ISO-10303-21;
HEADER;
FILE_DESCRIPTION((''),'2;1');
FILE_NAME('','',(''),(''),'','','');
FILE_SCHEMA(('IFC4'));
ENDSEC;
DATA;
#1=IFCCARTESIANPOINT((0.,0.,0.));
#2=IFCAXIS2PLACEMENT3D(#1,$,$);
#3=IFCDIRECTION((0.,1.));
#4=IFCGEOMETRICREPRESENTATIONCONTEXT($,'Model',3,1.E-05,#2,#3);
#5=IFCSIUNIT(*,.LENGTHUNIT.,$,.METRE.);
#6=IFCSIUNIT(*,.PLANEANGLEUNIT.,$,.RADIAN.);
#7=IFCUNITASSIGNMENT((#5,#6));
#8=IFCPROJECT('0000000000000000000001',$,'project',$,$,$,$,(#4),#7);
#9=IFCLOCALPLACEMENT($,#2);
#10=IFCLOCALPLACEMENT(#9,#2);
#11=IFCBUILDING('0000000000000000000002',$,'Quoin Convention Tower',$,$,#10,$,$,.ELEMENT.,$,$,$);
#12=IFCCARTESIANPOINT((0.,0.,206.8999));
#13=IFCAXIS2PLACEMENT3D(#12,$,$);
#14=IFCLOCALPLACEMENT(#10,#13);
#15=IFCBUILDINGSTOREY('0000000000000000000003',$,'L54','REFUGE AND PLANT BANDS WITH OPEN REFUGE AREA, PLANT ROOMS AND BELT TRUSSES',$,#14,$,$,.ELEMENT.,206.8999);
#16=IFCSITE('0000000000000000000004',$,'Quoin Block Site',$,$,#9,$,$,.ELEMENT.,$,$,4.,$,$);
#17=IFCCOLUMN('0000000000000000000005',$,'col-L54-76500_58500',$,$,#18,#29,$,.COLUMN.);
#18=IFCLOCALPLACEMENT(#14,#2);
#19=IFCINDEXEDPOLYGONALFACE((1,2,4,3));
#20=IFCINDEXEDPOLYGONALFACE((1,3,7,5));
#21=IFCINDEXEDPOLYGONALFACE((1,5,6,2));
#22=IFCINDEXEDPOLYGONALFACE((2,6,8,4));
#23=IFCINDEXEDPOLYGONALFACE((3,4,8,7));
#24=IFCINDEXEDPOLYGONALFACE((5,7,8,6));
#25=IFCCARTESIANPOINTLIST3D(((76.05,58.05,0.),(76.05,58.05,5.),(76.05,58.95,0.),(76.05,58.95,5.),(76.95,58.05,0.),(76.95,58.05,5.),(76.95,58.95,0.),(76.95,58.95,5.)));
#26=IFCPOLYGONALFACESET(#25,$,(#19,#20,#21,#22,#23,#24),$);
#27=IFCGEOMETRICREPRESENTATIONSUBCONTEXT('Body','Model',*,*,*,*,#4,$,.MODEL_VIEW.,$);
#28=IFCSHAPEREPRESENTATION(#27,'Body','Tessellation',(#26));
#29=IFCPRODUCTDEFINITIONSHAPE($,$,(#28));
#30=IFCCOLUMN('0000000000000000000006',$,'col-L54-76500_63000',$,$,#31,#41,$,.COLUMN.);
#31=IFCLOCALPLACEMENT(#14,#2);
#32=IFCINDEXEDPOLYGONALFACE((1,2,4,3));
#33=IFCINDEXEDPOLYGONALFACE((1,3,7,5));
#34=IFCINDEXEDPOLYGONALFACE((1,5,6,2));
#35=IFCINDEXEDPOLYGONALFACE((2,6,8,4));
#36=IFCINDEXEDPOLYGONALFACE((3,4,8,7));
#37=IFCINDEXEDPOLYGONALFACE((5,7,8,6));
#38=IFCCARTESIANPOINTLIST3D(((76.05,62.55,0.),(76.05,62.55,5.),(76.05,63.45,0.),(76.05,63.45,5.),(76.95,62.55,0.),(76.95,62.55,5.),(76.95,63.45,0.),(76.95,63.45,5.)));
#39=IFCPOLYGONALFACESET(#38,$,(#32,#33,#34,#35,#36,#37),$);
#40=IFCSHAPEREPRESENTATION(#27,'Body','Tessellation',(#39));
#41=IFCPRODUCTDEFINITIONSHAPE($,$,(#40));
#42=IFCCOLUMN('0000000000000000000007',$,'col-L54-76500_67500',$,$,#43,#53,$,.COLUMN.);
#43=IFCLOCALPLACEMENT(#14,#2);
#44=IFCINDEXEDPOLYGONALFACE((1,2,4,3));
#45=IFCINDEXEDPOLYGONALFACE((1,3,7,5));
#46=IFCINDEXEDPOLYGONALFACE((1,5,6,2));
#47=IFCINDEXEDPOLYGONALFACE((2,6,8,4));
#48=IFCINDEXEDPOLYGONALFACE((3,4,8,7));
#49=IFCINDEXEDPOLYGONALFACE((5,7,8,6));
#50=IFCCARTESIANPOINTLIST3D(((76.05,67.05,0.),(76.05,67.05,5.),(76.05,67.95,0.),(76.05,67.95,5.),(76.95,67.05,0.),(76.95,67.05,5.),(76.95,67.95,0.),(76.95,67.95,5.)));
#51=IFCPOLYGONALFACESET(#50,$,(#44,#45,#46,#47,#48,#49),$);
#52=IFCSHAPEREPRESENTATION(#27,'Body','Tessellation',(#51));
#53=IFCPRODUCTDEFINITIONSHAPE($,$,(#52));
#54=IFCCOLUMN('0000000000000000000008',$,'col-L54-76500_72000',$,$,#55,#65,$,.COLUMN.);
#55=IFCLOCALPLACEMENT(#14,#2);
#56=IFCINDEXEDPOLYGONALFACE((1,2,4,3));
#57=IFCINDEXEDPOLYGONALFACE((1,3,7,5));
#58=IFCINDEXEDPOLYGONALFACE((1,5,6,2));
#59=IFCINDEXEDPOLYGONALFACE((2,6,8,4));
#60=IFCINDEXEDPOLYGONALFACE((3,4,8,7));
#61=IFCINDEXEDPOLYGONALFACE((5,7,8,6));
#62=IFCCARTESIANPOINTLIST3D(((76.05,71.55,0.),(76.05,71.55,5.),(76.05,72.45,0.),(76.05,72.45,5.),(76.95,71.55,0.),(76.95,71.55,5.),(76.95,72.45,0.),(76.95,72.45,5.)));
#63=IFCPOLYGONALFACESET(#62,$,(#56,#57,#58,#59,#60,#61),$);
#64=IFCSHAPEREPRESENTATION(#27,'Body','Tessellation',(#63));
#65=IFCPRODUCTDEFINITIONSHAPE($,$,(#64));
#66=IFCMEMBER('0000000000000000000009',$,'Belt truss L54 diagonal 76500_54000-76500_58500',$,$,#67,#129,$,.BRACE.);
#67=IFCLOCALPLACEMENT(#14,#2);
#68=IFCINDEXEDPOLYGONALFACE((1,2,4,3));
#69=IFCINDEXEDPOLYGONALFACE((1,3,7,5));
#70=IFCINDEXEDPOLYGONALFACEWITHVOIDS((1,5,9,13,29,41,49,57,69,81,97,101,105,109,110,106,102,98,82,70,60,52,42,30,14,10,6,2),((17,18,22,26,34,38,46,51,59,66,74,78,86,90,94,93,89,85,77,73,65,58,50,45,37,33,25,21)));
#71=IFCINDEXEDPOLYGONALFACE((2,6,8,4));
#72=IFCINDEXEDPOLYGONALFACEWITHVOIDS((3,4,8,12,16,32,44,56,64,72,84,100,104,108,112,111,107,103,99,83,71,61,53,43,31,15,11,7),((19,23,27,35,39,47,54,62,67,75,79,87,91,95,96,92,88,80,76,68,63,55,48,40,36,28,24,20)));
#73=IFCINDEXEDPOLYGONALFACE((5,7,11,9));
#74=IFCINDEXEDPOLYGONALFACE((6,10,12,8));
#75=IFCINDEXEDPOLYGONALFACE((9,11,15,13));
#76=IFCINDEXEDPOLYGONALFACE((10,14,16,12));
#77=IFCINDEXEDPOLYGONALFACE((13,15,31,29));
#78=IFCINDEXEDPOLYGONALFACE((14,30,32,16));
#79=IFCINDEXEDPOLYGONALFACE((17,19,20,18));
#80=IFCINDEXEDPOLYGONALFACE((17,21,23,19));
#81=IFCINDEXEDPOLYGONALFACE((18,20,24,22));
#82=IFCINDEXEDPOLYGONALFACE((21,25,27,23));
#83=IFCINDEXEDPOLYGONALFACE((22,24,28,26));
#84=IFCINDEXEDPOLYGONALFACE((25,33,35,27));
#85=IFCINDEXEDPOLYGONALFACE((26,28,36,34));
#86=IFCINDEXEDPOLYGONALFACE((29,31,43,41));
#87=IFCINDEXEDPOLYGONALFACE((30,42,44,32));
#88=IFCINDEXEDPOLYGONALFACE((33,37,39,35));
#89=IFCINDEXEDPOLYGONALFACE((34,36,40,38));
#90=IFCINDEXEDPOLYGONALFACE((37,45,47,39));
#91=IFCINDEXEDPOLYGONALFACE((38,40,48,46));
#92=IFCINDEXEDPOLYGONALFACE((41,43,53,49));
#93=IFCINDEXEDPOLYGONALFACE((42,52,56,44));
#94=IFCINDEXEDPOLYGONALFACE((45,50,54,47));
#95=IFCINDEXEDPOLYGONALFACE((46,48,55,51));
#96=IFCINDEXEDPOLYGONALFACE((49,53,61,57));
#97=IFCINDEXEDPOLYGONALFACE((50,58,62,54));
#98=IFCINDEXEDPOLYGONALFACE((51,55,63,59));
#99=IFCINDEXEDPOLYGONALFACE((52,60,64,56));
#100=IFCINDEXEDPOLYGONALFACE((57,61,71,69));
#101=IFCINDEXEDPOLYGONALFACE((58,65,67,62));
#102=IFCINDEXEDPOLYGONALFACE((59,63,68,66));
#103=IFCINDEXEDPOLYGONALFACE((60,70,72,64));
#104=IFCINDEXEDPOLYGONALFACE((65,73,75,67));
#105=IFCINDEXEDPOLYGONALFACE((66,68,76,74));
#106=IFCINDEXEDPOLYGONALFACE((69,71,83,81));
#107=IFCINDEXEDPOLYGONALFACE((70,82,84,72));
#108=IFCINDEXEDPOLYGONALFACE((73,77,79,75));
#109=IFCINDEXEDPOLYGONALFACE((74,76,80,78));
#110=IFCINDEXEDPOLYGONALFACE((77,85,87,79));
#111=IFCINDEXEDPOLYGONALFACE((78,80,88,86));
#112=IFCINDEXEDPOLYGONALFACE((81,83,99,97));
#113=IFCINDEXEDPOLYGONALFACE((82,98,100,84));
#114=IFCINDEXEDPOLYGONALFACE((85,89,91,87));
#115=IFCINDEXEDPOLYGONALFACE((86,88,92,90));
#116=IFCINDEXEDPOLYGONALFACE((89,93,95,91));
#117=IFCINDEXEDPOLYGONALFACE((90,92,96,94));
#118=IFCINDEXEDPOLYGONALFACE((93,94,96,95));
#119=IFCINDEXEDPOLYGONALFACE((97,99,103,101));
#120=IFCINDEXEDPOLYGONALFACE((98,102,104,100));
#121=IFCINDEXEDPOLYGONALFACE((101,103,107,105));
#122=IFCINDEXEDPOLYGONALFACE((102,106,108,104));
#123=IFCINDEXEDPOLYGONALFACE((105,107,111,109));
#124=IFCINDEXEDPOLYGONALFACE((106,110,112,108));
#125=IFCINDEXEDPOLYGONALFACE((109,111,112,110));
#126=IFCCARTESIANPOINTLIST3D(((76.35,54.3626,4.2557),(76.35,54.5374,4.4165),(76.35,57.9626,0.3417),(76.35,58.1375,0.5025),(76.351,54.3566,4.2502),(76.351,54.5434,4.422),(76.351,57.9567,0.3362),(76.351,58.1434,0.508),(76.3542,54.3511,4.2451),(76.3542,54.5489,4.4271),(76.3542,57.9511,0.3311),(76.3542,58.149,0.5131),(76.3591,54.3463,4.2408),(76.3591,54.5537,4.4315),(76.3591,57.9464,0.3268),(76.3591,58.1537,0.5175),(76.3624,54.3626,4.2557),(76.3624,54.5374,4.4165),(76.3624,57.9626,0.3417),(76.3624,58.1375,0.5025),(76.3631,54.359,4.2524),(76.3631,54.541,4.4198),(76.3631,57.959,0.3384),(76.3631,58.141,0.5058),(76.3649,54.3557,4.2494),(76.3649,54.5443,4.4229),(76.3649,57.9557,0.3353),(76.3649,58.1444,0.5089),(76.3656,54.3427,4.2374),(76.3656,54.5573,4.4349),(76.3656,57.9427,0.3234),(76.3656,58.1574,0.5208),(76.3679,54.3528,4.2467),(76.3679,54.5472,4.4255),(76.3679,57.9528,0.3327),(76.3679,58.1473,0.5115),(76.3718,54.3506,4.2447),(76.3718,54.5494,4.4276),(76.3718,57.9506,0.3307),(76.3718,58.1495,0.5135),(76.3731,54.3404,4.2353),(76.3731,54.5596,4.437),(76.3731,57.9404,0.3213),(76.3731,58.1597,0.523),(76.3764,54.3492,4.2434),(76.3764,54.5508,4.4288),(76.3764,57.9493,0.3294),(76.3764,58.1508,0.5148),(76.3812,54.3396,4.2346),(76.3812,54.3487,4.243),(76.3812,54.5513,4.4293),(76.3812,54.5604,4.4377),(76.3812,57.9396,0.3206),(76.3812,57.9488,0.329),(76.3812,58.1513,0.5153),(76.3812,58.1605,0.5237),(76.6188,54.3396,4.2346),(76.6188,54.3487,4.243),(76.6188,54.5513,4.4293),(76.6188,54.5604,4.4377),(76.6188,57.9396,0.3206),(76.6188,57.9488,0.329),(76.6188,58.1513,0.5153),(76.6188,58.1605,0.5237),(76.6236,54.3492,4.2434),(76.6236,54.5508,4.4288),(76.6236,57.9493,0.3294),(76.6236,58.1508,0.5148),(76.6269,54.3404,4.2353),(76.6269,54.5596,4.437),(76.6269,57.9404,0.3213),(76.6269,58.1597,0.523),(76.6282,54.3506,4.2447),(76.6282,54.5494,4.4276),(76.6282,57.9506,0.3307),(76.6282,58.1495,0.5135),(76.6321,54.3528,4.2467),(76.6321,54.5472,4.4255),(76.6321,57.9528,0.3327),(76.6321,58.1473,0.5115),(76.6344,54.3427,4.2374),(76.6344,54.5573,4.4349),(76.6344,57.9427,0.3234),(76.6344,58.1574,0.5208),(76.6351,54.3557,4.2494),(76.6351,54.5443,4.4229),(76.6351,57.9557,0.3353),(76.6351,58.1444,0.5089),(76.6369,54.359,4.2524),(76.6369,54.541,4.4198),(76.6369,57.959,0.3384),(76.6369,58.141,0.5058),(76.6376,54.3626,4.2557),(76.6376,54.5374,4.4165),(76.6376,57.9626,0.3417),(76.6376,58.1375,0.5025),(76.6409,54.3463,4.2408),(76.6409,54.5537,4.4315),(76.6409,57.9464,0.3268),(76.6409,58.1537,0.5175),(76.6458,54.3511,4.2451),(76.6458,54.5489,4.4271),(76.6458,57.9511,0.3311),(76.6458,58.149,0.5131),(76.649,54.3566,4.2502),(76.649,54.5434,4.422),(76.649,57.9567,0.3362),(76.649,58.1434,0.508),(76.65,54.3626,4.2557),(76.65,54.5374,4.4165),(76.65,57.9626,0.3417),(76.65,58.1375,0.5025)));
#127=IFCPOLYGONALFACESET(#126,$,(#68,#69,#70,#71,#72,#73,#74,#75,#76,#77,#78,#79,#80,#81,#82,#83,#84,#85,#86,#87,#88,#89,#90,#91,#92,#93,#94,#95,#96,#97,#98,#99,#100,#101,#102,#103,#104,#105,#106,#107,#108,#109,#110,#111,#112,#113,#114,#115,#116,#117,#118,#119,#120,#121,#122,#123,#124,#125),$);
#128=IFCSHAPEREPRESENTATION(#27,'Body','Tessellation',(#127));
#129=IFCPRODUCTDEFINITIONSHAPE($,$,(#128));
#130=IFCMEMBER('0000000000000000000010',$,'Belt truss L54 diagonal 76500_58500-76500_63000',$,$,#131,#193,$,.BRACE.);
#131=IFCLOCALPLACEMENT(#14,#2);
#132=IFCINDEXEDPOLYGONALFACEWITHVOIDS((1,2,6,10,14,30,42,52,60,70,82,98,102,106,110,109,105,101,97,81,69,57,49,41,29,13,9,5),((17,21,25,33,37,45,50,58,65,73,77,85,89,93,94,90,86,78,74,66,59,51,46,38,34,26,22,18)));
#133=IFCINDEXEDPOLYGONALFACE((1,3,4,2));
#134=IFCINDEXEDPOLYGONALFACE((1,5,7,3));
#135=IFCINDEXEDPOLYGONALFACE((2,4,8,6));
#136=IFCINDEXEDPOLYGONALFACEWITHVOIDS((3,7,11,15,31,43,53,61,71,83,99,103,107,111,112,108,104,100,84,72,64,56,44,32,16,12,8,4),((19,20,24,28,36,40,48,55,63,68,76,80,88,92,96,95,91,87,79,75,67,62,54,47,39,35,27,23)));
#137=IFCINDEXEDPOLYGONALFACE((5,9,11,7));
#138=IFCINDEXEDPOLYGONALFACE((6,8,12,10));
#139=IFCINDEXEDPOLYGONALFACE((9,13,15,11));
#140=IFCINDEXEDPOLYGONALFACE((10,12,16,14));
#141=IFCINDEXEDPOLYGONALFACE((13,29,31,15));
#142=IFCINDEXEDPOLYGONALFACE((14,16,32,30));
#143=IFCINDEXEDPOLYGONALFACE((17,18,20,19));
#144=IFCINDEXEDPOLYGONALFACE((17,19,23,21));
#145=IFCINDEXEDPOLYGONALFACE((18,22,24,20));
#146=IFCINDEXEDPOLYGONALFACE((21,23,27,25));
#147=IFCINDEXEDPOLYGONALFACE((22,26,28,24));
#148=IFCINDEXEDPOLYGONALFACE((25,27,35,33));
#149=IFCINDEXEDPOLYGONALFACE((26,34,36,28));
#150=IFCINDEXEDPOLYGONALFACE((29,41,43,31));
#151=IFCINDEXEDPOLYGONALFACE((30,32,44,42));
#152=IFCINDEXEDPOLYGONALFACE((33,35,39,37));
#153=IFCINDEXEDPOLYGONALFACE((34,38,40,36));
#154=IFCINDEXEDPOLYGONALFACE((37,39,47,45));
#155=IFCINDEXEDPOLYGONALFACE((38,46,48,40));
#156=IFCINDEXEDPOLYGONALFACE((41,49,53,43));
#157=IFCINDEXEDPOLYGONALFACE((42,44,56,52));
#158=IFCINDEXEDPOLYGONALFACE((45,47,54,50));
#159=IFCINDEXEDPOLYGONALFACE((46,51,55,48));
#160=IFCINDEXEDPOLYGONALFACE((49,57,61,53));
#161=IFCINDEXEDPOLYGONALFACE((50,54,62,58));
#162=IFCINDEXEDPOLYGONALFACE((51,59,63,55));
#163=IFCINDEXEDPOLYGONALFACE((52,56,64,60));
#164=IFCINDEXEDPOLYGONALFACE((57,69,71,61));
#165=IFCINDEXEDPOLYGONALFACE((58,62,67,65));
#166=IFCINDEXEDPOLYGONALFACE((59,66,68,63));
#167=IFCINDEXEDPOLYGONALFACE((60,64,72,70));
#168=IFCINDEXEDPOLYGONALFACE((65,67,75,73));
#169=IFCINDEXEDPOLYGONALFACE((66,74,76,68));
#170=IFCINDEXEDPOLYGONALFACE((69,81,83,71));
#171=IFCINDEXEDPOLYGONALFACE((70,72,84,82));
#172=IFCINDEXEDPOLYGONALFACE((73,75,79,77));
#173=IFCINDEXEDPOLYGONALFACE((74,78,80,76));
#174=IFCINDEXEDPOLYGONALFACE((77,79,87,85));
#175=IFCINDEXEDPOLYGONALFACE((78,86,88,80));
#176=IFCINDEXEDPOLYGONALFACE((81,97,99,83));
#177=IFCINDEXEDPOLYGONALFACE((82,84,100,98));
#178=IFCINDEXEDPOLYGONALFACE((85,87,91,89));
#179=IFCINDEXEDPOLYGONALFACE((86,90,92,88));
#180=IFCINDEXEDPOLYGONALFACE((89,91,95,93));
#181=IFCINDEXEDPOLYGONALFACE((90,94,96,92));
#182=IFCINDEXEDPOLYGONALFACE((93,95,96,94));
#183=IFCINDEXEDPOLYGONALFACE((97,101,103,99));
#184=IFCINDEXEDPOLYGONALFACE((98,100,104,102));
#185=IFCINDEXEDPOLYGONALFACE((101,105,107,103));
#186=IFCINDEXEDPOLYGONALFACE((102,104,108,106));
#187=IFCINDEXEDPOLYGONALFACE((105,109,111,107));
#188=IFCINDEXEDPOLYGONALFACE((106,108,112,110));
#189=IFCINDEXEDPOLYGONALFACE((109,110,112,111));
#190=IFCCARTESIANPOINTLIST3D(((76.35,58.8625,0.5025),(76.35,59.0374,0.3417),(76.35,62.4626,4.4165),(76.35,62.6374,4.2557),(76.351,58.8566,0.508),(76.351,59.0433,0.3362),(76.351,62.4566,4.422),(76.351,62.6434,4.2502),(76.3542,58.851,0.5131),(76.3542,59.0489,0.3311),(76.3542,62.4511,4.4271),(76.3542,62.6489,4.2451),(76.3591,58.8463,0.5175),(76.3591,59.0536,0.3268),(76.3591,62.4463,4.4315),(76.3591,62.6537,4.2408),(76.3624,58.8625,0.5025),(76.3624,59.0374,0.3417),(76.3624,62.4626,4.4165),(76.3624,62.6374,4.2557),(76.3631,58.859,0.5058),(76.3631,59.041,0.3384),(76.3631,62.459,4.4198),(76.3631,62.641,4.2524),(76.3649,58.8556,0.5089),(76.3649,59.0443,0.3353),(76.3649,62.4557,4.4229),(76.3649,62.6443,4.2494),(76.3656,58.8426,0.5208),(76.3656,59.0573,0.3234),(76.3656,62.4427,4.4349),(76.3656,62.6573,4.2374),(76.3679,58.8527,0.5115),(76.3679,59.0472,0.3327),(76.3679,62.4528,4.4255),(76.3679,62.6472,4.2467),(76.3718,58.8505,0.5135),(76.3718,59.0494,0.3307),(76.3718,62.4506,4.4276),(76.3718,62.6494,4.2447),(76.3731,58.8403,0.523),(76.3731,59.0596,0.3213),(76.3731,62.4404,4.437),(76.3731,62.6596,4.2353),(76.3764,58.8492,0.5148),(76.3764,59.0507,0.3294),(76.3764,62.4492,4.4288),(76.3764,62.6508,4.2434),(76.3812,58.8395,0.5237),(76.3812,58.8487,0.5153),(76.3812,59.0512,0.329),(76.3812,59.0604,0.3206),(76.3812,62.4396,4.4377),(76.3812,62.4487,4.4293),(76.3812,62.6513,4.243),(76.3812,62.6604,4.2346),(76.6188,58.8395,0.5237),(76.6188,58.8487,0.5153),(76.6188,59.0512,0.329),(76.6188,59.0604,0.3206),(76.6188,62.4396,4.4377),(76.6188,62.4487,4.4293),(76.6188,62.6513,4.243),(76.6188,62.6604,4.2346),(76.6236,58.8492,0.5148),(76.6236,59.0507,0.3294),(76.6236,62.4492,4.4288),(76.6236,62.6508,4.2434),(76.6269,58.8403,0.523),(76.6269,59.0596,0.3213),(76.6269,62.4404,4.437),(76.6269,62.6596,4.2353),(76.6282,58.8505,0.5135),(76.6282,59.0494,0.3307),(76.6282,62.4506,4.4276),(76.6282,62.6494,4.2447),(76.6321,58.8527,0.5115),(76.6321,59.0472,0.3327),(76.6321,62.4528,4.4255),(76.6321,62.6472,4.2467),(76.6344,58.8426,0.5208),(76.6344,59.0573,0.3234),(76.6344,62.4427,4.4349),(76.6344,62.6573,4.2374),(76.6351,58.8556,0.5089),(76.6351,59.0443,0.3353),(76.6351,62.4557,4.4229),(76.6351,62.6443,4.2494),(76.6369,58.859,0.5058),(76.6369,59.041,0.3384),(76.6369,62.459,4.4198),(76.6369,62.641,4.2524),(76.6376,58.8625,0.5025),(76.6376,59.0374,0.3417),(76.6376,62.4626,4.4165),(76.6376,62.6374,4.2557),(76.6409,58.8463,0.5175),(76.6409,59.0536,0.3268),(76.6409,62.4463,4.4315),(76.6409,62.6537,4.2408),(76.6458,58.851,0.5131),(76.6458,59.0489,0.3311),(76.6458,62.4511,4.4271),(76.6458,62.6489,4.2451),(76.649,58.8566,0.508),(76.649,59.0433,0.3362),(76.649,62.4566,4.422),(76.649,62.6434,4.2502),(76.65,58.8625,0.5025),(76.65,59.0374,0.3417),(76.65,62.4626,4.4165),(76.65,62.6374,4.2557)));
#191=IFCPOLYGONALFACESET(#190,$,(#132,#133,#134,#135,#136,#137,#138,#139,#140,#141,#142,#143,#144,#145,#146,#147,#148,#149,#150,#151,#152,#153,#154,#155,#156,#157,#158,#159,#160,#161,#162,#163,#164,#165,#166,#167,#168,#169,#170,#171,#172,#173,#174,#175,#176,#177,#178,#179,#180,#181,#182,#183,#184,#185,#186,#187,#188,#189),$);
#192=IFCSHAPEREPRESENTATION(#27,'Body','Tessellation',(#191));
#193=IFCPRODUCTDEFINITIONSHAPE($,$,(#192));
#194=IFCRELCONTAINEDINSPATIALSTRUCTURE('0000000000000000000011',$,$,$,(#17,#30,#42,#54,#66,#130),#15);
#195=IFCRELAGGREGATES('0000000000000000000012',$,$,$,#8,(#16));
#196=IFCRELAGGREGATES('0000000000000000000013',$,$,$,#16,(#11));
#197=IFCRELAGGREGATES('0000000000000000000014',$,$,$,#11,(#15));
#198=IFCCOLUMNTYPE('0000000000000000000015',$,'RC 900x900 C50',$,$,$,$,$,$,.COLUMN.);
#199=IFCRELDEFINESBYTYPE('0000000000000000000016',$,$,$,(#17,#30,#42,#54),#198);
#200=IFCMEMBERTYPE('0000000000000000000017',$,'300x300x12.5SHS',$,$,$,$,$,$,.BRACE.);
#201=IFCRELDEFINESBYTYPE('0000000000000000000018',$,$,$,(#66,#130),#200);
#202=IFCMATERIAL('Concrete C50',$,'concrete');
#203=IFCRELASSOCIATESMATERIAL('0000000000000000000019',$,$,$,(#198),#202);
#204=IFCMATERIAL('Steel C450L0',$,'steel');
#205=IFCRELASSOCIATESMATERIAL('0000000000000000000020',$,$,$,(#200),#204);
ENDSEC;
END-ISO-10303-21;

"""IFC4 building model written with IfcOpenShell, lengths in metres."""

from ifc_helpers import new_model, si_unit, direction, frame, origin, origin_2d, place, context, subcontext, project, spatial, rectangle, hollow_rectangle, extrude, material, material_profile, profile_set, type_object, element, save


model = new_model("IFC4")

# Units and contexts
model_context = context("Model", 3, precision=1e-05, world=origin(), true_north=direction((0.0, 1.0)))
body_context = subcontext(model_context, "Body", "Model", "MODEL_VIEW")
ifc_project = project(units=[si_unit("LENGTHUNIT", "METRE"), si_unit("PLANEANGLEUNIT", "RADIAN")], contexts=[model_context])

# Site, building, storey
site_placement = place(None, origin())
site = spatial("IfcSite", under=ifc_project, at=site_placement, Name="Quoin Block Site", CompositionType="ELEMENT", RefElevation=4.0)
building_placement = place(site_placement, origin())
building = spatial("IfcBuilding", under=site, at=building_placement, Name="Quoin Convention Tower", CompositionType="ELEMENT")
storey_placement = place(building_placement, frame((0.0, 0.0, 206.8999)))
storey = spatial("IfcBuildingStorey", under=building, at=storey_placement, Name="L54", Description="REFUGE AND PLANT BANDS WITH OPEN REFUGE AREA, PLANT ROOMS AND BELT TRUSSES", CompositionType="ELEMENT", Elevation=206.8999)

# Columns
ifc_material_1 = material(Name="Concrete C50", Category="concrete")
ifc_material_profile_1 = material_profile(ifc_material_1, rectangle(XDim=0.8999, YDim=0.8999, at=origin_2d()), Name="RC 900x900")
ifc_profile_set_1 = profile_set([ifc_material_profile_1], Name="Concrete C50")
column_type = type_object("IfcColumnType", Name="RC 900x900 C50", PredefinedType="COLUMN", material=ifc_profile_set_1)
for number, where, z_axis, x_axis, name in (
    (1, (76.5, 58.5, 0.0), (0.0, 0.0, 1.0), (1.0, 0.0, 0.0), "col-L54-76500_58500"),
    (2, (76.5, 63.0, 0.0), (0.0, 0.0, 1.0), (1.0, 0.0, 0.0), "col-L54-76500_63000"),
    (3, (76.5, 67.5, 0.0), (0.0, 0.0, 1.0), (1.0, 0.0, 0.0), "col-L54-76500_67500"),
    (4, (76.5, 72.0, 0.0), (0.0, 0.0, 1.0), (1.0, 0.0, 0.0), "col-L54-76500_72000"),
):
    element("IfcColumn", number, at=place(storey_placement, frame(where, z_axis=z_axis, x_axis=x_axis)), inside=storey, type_object=column_type, Name=name, PredefinedType="COLUMN", context=body_context, shape_type="SweptSolid", body=[
        extrude(rectangle(XDim=0.8999, YDim=0.8999, at=origin_2d()), origin(), (0.0, 0.0, 1.0), 5.0),
    ])

# Members
ifc_material_2 = material(Name="Steel C450L0", Category="steel")
ifc_material_profile_2 = material_profile(ifc_material_2, hollow_rectangle(XDim=0.3, YDim=0.3, WallThickness=0.0125, InnerFilletRadius=0.0188, OuterFilletRadius=0.0312, at=origin_2d()), Name="300x300x12.5SHS")
ifc_profile_set_2 = profile_set([ifc_material_profile_2], Name="Steel C450L0")
member_type_1 = type_object("IfcMemberType", Name="300x300x12.5SHS", PredefinedType="BRACE", material=ifc_profile_set_2)
for number, where, z_axis, x_axis, name in (
    (5, (76.5, 58.05, 0.4221), (0.0, -0.676971, 0.73601), (1.0, 0.0, 0.0), "Belt truss L54 diagonal 76500_54000-76500_58500"),
    (6, (76.5, 58.95, 0.4221), (0.0, 0.676971, 0.73601), (-1.0, 0.0, 0.0), "Belt truss L54 diagonal 76500_58500-76500_63000"),
):
    element("IfcMember", number, at=place(storey_placement, frame(where, z_axis=z_axis, x_axis=x_axis)), inside=storey, type_object=member_type_1, Name=name, PredefinedType="BRACE", context=body_context, shape_type="SweptSolid", body=[
        extrude(hollow_rectangle(XDim=0.3, YDim=0.3, WallThickness=0.0125, InnerFilletRadius=0.0188, OuterFilletRadius=0.0312, at=origin_2d()), origin(), (0.0, 0.0, 1.0), 5.3179),
    ])

save(model, "model.ifc")
